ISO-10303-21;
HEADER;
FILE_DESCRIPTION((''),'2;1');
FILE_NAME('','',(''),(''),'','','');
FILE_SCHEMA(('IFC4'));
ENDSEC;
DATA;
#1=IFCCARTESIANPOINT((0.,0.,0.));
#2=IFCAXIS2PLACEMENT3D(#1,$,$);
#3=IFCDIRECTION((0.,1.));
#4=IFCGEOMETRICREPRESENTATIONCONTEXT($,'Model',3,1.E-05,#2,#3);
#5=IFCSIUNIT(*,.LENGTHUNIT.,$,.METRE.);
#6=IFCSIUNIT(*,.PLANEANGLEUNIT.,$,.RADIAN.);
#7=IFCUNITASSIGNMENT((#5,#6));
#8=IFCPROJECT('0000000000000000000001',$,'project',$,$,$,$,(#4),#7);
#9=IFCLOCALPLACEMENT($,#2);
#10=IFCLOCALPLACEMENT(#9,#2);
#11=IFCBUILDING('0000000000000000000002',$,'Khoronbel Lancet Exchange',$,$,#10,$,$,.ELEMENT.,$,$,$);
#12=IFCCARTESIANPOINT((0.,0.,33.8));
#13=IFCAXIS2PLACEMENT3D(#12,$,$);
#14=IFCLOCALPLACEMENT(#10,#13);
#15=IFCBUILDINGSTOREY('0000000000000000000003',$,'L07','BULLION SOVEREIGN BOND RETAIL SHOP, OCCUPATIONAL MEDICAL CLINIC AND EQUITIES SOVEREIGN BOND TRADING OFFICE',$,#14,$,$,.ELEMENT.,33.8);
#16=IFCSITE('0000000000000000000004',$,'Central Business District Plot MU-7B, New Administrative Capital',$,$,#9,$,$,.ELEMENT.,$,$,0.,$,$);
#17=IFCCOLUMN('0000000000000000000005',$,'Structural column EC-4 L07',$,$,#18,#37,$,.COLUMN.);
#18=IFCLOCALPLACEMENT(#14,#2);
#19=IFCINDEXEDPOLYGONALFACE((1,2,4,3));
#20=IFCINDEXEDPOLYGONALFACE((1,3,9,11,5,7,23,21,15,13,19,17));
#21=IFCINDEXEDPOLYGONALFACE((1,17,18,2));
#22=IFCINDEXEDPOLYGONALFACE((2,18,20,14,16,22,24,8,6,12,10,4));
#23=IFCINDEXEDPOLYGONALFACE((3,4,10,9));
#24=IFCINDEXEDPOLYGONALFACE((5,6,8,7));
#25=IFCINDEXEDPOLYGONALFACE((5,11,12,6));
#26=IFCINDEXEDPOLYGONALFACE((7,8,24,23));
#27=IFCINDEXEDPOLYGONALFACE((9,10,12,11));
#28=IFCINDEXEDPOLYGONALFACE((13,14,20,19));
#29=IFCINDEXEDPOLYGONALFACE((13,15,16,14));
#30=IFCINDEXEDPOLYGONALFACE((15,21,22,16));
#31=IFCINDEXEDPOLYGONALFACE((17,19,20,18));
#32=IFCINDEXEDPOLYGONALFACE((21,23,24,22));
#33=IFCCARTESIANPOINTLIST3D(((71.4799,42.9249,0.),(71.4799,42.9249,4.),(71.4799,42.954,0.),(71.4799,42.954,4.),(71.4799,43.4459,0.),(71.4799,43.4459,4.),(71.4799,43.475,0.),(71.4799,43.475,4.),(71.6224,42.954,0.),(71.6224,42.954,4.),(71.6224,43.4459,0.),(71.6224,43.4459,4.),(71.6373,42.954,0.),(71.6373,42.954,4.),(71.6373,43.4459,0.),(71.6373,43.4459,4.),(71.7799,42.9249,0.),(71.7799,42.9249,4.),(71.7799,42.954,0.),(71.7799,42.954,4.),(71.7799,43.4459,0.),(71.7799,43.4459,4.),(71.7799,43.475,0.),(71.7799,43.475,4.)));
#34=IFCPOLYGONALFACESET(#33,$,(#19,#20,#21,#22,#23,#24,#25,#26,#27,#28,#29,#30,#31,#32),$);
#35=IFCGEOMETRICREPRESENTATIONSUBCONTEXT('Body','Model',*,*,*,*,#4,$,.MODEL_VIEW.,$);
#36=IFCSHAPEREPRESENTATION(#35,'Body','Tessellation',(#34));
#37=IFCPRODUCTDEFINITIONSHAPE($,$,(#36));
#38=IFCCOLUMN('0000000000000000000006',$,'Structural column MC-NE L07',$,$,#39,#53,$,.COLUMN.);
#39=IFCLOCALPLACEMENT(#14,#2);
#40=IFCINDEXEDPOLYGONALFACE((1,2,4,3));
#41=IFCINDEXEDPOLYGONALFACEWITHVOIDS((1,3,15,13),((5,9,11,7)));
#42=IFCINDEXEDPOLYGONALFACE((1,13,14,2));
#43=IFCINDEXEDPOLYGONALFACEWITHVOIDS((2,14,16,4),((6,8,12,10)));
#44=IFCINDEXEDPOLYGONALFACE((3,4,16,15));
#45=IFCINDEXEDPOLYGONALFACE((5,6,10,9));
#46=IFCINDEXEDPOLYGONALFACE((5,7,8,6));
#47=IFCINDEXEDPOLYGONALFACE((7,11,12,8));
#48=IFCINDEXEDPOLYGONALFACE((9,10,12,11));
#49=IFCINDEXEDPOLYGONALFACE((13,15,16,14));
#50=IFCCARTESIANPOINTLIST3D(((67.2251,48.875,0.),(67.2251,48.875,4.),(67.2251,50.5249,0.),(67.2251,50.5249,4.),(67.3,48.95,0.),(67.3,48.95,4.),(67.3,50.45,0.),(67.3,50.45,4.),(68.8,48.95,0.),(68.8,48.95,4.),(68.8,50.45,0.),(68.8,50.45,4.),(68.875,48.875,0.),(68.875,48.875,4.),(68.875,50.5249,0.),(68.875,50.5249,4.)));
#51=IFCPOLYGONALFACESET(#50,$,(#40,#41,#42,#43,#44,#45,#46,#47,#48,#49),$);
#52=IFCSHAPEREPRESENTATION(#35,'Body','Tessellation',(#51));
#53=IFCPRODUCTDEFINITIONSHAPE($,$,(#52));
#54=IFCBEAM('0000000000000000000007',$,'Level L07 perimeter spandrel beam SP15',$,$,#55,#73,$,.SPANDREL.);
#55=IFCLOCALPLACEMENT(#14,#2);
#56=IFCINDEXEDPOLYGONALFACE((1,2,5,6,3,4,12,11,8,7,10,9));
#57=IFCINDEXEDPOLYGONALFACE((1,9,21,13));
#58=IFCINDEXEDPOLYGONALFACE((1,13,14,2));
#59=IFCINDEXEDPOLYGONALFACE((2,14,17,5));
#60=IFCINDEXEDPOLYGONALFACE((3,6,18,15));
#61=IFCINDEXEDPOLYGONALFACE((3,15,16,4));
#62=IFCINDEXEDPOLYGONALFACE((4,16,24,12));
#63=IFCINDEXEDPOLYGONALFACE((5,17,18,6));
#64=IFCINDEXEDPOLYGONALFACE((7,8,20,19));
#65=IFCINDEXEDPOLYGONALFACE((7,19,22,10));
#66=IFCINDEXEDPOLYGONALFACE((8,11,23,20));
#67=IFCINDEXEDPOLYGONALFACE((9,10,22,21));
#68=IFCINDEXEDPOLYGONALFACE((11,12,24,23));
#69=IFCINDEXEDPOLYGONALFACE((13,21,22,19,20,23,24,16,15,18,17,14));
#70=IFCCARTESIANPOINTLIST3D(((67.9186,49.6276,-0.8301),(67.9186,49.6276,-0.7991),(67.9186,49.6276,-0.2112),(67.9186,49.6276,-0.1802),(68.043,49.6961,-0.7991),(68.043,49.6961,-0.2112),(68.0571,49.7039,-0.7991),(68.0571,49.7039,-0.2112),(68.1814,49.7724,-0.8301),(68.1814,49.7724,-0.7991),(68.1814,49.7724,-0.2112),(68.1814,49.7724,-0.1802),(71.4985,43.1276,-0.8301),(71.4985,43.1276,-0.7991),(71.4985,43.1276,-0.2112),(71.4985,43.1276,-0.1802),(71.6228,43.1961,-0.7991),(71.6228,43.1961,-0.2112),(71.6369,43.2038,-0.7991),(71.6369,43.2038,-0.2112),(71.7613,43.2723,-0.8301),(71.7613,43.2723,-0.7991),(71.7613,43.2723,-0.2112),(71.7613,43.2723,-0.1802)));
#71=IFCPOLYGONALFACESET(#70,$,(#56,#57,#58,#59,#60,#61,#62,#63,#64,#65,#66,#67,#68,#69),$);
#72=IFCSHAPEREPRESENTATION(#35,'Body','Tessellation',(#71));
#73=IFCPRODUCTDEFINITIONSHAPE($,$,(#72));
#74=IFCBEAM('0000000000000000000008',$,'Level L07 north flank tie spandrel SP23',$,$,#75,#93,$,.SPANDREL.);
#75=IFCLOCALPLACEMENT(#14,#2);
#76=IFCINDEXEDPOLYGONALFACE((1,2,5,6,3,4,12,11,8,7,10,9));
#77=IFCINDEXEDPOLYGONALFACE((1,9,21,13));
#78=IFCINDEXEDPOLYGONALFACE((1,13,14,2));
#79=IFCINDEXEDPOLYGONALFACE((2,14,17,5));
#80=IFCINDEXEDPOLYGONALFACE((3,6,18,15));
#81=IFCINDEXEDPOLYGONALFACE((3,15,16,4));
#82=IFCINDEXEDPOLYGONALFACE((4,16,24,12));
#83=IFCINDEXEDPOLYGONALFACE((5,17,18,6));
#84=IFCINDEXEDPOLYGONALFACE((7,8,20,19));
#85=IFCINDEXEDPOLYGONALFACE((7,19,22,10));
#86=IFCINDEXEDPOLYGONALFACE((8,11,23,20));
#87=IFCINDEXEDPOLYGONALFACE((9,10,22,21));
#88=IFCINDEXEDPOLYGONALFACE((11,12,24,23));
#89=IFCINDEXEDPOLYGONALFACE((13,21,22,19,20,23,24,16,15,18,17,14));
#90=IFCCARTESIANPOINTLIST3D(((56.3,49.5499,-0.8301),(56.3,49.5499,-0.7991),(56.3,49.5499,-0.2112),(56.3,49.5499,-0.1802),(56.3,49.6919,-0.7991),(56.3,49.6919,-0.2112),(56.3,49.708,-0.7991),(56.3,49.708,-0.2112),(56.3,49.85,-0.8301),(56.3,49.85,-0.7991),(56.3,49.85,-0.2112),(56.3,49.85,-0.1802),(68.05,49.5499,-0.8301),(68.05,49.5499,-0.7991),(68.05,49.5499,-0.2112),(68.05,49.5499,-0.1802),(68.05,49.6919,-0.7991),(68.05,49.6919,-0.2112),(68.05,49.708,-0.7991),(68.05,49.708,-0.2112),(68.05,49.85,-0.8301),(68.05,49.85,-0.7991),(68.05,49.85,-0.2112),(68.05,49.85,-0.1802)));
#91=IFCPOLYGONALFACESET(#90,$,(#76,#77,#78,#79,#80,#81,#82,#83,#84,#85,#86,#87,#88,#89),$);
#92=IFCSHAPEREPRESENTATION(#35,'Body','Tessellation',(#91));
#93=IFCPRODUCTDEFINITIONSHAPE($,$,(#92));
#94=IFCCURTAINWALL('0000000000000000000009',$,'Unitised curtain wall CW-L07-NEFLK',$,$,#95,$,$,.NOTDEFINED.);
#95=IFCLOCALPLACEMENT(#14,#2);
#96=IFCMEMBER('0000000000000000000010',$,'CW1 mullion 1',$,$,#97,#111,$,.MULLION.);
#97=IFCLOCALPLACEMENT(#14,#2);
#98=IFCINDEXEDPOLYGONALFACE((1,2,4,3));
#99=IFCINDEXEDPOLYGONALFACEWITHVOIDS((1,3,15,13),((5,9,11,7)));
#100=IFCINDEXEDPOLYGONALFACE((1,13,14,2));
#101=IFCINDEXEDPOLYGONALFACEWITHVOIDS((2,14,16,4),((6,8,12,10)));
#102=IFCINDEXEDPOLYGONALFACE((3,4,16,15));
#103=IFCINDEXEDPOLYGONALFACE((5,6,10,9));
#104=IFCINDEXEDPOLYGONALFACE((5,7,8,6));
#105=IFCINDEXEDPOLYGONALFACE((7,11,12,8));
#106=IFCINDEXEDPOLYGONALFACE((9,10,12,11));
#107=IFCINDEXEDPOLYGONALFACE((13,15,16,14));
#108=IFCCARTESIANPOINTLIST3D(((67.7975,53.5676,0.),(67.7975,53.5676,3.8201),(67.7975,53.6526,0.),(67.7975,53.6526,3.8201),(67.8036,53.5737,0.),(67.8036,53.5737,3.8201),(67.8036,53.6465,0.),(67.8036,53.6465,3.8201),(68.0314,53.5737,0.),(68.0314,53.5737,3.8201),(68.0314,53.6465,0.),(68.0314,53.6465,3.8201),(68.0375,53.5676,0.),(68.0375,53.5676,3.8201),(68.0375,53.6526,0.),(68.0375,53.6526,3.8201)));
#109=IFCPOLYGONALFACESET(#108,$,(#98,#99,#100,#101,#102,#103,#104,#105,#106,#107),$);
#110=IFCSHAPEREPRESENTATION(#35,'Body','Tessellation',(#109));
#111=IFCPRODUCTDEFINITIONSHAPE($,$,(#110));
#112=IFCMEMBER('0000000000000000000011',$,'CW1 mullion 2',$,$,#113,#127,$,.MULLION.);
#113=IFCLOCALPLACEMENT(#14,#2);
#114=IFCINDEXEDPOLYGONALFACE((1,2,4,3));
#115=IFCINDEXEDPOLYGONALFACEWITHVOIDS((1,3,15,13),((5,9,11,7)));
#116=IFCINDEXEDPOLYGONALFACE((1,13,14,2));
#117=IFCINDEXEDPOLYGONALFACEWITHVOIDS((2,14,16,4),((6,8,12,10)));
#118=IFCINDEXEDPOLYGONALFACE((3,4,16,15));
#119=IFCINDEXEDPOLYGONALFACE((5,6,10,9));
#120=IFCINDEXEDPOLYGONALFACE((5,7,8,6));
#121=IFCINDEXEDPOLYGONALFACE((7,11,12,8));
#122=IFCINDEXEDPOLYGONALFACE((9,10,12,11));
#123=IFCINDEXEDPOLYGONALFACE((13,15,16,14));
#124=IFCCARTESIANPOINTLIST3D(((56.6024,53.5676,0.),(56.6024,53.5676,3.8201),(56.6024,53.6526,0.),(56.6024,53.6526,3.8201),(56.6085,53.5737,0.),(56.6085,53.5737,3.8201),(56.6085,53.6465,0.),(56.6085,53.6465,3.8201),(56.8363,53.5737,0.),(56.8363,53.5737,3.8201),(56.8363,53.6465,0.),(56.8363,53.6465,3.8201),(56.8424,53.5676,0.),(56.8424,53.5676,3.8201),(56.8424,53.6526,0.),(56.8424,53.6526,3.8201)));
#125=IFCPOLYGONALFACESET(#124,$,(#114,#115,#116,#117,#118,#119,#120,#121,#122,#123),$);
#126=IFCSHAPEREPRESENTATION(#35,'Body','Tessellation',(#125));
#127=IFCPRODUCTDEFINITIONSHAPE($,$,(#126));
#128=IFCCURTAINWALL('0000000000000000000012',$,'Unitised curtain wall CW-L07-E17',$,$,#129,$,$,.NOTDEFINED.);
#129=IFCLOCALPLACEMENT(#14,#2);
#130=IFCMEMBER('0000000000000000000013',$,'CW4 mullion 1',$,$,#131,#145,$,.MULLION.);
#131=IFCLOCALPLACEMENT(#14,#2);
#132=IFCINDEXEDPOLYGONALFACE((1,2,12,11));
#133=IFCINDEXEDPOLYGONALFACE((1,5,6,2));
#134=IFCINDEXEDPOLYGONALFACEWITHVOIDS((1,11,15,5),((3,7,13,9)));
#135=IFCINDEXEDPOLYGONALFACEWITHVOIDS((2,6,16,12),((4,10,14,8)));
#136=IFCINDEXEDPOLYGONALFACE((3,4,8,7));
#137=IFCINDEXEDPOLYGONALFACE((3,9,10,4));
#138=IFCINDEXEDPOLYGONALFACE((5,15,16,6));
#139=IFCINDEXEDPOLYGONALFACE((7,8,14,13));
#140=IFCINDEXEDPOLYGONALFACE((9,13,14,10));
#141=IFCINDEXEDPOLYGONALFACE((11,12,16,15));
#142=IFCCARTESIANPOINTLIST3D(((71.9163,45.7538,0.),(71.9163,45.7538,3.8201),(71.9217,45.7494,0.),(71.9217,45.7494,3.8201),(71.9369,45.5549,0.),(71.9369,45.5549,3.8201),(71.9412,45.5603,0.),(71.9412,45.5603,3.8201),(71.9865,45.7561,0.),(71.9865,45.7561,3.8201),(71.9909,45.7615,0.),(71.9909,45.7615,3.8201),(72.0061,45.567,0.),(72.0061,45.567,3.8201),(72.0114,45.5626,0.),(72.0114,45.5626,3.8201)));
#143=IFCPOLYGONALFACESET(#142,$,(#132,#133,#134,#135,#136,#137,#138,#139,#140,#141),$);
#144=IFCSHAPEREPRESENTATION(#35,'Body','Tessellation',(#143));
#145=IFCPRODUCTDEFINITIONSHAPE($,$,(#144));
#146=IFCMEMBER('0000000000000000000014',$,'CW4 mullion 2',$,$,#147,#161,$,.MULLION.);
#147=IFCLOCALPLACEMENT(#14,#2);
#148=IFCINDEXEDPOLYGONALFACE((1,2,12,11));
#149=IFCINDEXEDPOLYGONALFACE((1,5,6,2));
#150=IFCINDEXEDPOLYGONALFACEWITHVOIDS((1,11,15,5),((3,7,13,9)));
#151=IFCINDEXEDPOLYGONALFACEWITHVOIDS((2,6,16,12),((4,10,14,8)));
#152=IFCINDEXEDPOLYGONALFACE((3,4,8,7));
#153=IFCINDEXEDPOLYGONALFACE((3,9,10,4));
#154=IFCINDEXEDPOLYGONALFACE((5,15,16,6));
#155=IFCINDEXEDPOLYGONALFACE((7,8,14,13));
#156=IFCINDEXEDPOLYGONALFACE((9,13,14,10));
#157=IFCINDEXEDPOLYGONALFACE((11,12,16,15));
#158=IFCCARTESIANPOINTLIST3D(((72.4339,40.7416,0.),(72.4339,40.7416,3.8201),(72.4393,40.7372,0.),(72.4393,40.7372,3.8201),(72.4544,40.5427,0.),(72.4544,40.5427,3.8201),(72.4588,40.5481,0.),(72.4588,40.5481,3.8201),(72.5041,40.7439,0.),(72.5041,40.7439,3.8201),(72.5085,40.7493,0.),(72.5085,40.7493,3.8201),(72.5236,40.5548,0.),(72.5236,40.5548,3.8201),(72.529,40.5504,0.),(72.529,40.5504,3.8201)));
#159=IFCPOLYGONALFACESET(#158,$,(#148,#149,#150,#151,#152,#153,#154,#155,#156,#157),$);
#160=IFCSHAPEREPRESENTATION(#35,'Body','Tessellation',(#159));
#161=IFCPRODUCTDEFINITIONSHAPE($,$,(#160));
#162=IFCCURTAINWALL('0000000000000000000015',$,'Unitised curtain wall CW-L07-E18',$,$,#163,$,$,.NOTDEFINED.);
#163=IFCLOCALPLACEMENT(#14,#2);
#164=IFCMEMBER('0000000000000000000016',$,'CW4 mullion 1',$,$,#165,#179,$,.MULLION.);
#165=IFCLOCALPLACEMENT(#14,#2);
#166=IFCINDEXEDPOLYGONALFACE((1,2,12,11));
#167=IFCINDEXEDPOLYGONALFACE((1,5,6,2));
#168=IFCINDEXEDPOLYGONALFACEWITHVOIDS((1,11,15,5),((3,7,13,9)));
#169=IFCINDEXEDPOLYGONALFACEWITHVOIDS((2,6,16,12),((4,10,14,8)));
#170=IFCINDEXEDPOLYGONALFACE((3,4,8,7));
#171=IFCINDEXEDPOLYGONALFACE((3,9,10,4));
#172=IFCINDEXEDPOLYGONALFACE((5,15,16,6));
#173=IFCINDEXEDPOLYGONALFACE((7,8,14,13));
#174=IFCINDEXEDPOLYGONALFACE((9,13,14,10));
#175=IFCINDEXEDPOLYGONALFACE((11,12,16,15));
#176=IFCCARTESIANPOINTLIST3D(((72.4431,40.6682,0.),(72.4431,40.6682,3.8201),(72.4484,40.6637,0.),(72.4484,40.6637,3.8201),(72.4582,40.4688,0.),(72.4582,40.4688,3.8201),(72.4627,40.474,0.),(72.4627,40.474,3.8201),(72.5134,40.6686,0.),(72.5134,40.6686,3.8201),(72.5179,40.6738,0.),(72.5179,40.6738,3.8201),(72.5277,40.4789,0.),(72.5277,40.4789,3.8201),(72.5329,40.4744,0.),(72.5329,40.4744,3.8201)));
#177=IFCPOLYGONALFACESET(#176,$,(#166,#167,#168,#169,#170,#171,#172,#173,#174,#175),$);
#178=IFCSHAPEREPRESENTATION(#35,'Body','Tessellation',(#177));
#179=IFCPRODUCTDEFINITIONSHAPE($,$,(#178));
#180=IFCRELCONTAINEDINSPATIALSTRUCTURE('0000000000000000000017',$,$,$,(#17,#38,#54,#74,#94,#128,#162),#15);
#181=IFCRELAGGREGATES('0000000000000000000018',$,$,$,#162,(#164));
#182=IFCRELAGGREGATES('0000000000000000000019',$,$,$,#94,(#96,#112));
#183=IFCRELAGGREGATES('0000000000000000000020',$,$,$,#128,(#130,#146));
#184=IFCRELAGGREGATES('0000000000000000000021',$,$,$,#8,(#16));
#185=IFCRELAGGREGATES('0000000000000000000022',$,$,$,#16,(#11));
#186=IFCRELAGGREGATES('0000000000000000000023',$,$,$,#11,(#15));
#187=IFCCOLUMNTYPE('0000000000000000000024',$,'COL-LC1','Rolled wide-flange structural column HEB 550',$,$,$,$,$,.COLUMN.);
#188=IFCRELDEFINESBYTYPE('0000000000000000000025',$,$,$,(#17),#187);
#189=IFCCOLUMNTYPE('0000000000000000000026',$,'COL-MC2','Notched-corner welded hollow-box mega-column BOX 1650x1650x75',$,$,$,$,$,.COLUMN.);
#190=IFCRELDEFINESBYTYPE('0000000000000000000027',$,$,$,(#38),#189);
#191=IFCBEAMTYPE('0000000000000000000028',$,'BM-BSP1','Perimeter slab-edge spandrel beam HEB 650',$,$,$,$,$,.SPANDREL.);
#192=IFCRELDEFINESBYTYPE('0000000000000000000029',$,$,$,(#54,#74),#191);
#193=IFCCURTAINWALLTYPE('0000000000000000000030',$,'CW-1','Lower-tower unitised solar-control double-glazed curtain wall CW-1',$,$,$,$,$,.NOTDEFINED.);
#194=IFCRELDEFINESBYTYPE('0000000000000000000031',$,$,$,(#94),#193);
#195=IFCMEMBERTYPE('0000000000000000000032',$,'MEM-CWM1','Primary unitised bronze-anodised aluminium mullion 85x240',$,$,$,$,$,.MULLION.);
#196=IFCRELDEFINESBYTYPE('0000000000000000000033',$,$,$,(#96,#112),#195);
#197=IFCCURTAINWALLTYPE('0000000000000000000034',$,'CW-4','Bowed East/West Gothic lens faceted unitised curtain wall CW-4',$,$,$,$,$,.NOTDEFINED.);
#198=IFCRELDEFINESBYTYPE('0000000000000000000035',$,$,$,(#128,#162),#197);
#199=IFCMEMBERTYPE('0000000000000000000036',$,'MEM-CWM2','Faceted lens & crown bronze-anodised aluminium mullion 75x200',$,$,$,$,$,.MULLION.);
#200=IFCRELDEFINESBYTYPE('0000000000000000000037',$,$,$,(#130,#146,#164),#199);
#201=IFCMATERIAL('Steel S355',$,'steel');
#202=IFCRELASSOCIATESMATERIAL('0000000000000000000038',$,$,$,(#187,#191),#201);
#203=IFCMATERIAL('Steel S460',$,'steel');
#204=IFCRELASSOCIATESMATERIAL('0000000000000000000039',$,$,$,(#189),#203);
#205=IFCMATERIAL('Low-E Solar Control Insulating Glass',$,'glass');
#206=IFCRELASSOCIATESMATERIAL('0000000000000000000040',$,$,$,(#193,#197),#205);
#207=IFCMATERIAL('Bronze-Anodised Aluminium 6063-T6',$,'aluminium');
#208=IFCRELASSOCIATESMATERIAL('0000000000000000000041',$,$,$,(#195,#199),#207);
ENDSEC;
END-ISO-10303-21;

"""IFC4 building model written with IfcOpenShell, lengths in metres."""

from ifc_helpers import new_model, si_unit, direction, frame, origin, origin_2d, place, context, subcontext, project, spatial, hollow_rectangle, i_section, extrude, material, material_profile, profile_set, type_object, element, aggregate, save


model = new_model("IFC4")

# Units and contexts
model_context = context("Model", 3, precision=1e-05, world=origin(), true_north=direction((0.0, 1.0)))
body_context = subcontext(model_context, "Body", "Model", "MODEL_VIEW")
ifc_project = project(units=[si_unit("LENGTHUNIT", "METRE"), si_unit("PLANEANGLEUNIT", "RADIAN")], contexts=[model_context])

# Site, building, storey
site_placement = place(None, origin())
site = spatial("IfcSite", under=ifc_project, at=site_placement, Name="Central Business District Plot MU-7B, New Administrative Capital", CompositionType="ELEMENT", RefElevation=0.0)
building_placement = place(site_placement, origin())
building = spatial("IfcBuilding", under=site, at=building_placement, Name="Khoronbel Lancet Exchange", CompositionType="ELEMENT")
storey_placement = place(building_placement, frame((0.0, 0.0, 33.8)))
storey = spatial("IfcBuildingStorey", under=building, at=storey_placement, Name="L07", Description="BULLION SOVEREIGN BOND RETAIL SHOP, OCCUPATIONAL MEDICAL CLINIC AND EQUITIES SOVEREIGN BOND TRADING OFFICE", CompositionType="ELEMENT", Elevation=33.8)

# Columns
ifc_material_1 = material(Name="Steel S355", Category="steel")
ifc_material_profile_1 = material_profile(ifc_material_1, i_section(OverallWidth=0.3, OverallDepth=0.55, WebThickness=0.0149, FlangeThickness=0.0291, at=origin_2d()), Name="HEB 550")
ifc_profile_set_1 = profile_set([ifc_material_profile_1], Name="Steel S355")
column_type_1 = type_object("IfcColumnType", Name="COL-LC1", Description="Rolled wide-flange structural column HEB 550", PredefinedType="COLUMN", material=ifc_profile_set_1)
column_1_placement = place(storey_placement, frame((71.6299, 43.2, 0.0), z_axis=(0.0, 0.0, 1.0), x_axis=(1.0, 0.0, 0.0)))
element("IfcColumn", 1, at=column_1_placement, inside=storey, type_object=column_type_1, Name="Structural column EC-4 L07", PredefinedType="COLUMN", context=body_context, shape_type="SweptSolid", body=[
    extrude(i_section(OverallWidth=0.3, OverallDepth=0.55, WebThickness=0.0149, FlangeThickness=0.0291, at=origin_2d()), origin(), (0.0, 0.0, 1.0), 4.0),
])
ifc_material_2 = material(Name="Steel S460", Category="steel")
ifc_material_profile_2 = material_profile(ifc_material_2, hollow_rectangle(XDim=1.6499, YDim=1.6499, WallThickness=0.075, at=origin_2d()), Name="BOX 1650x1650x75")
ifc_profile_set_2 = profile_set([ifc_material_profile_2], Name="Steel S460")
column_type_2 = type_object("IfcColumnType", Name="COL-MC2", Description="Notched-corner welded hollow-box mega-column BOX 1650x1650x75", PredefinedType="COLUMN", material=ifc_profile_set_2)
column_2_placement = place(storey_placement, frame((68.05, 49.7, 0.0), z_axis=(0.0, 0.0, 1.0), x_axis=(1.0, 0.0, 0.0)))
element("IfcColumn", 2, at=column_2_placement, inside=storey, type_object=column_type_2, Name="Structural column MC-NE L07", PredefinedType="COLUMN", context=body_context, shape_type="SweptSolid", body=[
    extrude(hollow_rectangle(XDim=1.6499, YDim=1.6499, WallThickness=0.075, at=origin_2d()), origin(), (0.0, 0.0, 1.0), 4.0),
])

# Beams
ifc_material_profile_3 = material_profile(ifc_material_1, i_section(OverallWidth=0.3, OverallDepth=0.6499, WebThickness=0.0161, FlangeThickness=0.031, at=origin_2d()), Name="HEB 650")
ifc_profile_set_3 = profile_set([ifc_material_profile_3], Name="Steel S355")
beam_type = type_object("IfcBeamType", Name="BM-BSP1", Description="Perimeter slab-edge spandrel beam HEB 650", PredefinedType="SPANDREL", material=ifc_profile_set_3)
beam_1_placement = place(storey_placement, frame((71.6299, 43.2, -0.5051), z_axis=(-0.482419, 0.875941, 0.0), x_axis=(-0.875941, -0.482419, 0.0)))
element("IfcBeam", 3, at=beam_1_placement, inside=storey, type_object=beam_type, Name="Level L07 perimeter spandrel beam SP15", PredefinedType="SPANDREL", context=body_context, shape_type="SweptSolid", body=[
    extrude(i_section(OverallWidth=0.3, OverallDepth=0.6499, WebThickness=0.0161, FlangeThickness=0.031, at=origin_2d()), origin(), (0.0, 0.0, 1.0), 7.4207),
])
beam_2_placement = place(storey_placement, frame((68.05, 49.7, -0.5051), z_axis=(-1.0, 0.0, 0.0), x_axis=(0.0, -1.0, 0.0)))
element("IfcBeam", 4, at=beam_2_placement, inside=storey, type_object=beam_type, Name="Level L07 north flank tie spandrel SP23", PredefinedType="SPANDREL", context=body_context, shape_type="SweptSolid", body=[
    extrude(i_section(OverallWidth=0.3, OverallDepth=0.6499, WebThickness=0.0161, FlangeThickness=0.031, at=origin_2d()), origin(), (0.0, 0.0, 1.0), 11.75),
])

# Curtain walls, members
ifc_material_3 = material(Name="Low-E Solar Control Insulating Glass", Category="glass")
curtain_wall_type_1 = type_object("IfcCurtainWallType", Name="CW-1", Description="Lower-tower unitised solar-control double-glazed curtain wall CW-1", PredefinedType="NOTDEFINED", material=ifc_material_3)
curtain_wall_1_placement = place(storey_placement, origin())
curtain_wall_1 = element("IfcCurtainWall", 5, at=curtain_wall_1_placement, inside=storey, type_object=curtain_wall_type_1, Name="Unitised curtain wall CW-L07-NEFLK", PredefinedType="NOTDEFINED")
ifc_material_4 = material(Name="Bronze-Anodised Aluminium 6063-T6", Category="aluminium")
ifc_material_profile_4 = material_profile(ifc_material_4, hollow_rectangle(XDim=0.085, YDim=0.24, WallThickness=0.0061, at=origin_2d()), Name="ALU MULLION 85x240")
ifc_profile_set_4 = profile_set([ifc_material_profile_4], Name="Bronze-Anodised Aluminium 6063-T6")
member_type_1 = type_object("IfcMemberType", Name="MEM-CWM1", Description="Primary unitised bronze-anodised aluminium mullion 85x240", PredefinedType="MULLION", material=ifc_profile_set_4)
member_1_placement = place(storey_placement, frame((67.9175, 53.6101, 0.0), z_axis=(0.0, 0.0, 1.0), x_axis=(0.0, -1.0, 0.0)))
member_1 = element("IfcMember", 6, at=member_1_placement, type_object=member_type_1, Name="CW1 mullion 1", PredefinedType="MULLION", context=body_context, shape_type="SweptSolid", body=[
    extrude(hollow_rectangle(XDim=0.085, YDim=0.24, WallThickness=0.0061, at=origin_2d()), origin(), (0.0, 0.0, 1.0), 3.8201),
])
member_2_placement = place(storey_placement, frame((56.7224, 53.6101, 0.0), z_axis=(0.0, 0.0, 1.0), x_axis=(0.0, -1.0, 0.0)))
member_2 = element("IfcMember", 7, at=member_2_placement, type_object=member_type_1, Name="CW1 mullion 2", PredefinedType="MULLION", context=body_context, shape_type="SweptSolid", body=[
    extrude(hollow_rectangle(XDim=0.085, YDim=0.24, WallThickness=0.0061, at=origin_2d()), origin(), (0.0, 0.0, 1.0), 3.8201),
])
curtain_wall_type_2 = type_object("IfcCurtainWallType", Name="CW-4", Description="Bowed East/West Gothic lens faceted unitised curtain wall CW-4", PredefinedType="NOTDEFINED", material=ifc_material_3)
curtain_wall_2_placement = place(storey_placement, origin())
curtain_wall_2 = element("IfcCurtainWall", 8, at=curtain_wall_2_placement, inside=storey, type_object=curtain_wall_type_2, Name="Unitised curtain wall CW-L07-E17", PredefinedType="NOTDEFINED")
ifc_material_profile_5 = material_profile(ifc_material_4, hollow_rectangle(XDim=0.075, YDim=0.2, WallThickness=0.0049, at=origin_2d()), Name="ALU MULLION 75x200")
ifc_profile_set_5 = profile_set([ifc_material_profile_5], Name="Bronze-Anodised Aluminium 6063-T6")
member_type_2 = type_object("IfcMemberType", Name="MEM-CWM2", Description="Faceted lens & crown bronze-anodised aluminium mullion 75x200", PredefinedType="MULLION", material=ifc_profile_set_5)
member_3_placement = place(storey_placement, frame((71.9639, 45.6582, 0.0), z_axis=(0.0, 0.0, 1.0), x_axis=(0.99471, 0.102723, 0.0)))
member_3 = element("IfcMember", 9, at=member_3_placement, type_object=member_type_2, Name="CW4 mullion 1", PredefinedType="MULLION", context=body_context, shape_type="SweptSolid", body=[
    extrude(hollow_rectangle(XDim=0.075, YDim=0.2, WallThickness=0.0049, at=origin_2d()), origin(), (0.0, 0.0, 1.0), 3.8201),
])
member_4_placement = place(storey_placement, frame((72.4814, 40.646, 0.0), z_axis=(0.0, 0.0, 1.0), x_axis=(0.99471, 0.102723, 0.0)))
member_4 = element("IfcMember", 10, at=member_4_placement, type_object=member_type_2, Name="CW4 mullion 2", PredefinedType="MULLION", context=body_context, shape_type="SweptSolid", body=[
    extrude(hollow_rectangle(XDim=0.075, YDim=0.2, WallThickness=0.0049, at=origin_2d()), origin(), (0.0, 0.0, 1.0), 3.8201),
])

# Curtain wall, member
curtain_wall_3_placement = place(storey_placement, origin())
curtain_wall_3 = element("IfcCurtainWall", 11, at=curtain_wall_3_placement, inside=storey, type_object=curtain_wall_type_2, Name="Unitised curtain wall CW-L07-E18", PredefinedType="NOTDEFINED")
member_5_placement = place(storey_placement, frame((72.488, 40.5713, 0.0), z_axis=(0.0, 0.0, 1.0), x_axis=(0.997154, 0.075395, 0.0)))
member_5 = element("IfcMember", 12, at=member_5_placement, type_object=member_type_2, Name="CW4 mullion 1", PredefinedType="MULLION", context=body_context, shape_type="SweptSolid", body=[
    extrude(hollow_rectangle(XDim=0.075, YDim=0.2, WallThickness=0.0049, at=origin_2d()), origin(), (0.0, 0.0, 1.0), 3.8201),
])

aggregate(curtain_wall_3, [member_5])

aggregate(curtain_wall_1, [member_1, member_2])
aggregate(curtain_wall_2, [member_3, member_4])

save(model, "model.ifc")
